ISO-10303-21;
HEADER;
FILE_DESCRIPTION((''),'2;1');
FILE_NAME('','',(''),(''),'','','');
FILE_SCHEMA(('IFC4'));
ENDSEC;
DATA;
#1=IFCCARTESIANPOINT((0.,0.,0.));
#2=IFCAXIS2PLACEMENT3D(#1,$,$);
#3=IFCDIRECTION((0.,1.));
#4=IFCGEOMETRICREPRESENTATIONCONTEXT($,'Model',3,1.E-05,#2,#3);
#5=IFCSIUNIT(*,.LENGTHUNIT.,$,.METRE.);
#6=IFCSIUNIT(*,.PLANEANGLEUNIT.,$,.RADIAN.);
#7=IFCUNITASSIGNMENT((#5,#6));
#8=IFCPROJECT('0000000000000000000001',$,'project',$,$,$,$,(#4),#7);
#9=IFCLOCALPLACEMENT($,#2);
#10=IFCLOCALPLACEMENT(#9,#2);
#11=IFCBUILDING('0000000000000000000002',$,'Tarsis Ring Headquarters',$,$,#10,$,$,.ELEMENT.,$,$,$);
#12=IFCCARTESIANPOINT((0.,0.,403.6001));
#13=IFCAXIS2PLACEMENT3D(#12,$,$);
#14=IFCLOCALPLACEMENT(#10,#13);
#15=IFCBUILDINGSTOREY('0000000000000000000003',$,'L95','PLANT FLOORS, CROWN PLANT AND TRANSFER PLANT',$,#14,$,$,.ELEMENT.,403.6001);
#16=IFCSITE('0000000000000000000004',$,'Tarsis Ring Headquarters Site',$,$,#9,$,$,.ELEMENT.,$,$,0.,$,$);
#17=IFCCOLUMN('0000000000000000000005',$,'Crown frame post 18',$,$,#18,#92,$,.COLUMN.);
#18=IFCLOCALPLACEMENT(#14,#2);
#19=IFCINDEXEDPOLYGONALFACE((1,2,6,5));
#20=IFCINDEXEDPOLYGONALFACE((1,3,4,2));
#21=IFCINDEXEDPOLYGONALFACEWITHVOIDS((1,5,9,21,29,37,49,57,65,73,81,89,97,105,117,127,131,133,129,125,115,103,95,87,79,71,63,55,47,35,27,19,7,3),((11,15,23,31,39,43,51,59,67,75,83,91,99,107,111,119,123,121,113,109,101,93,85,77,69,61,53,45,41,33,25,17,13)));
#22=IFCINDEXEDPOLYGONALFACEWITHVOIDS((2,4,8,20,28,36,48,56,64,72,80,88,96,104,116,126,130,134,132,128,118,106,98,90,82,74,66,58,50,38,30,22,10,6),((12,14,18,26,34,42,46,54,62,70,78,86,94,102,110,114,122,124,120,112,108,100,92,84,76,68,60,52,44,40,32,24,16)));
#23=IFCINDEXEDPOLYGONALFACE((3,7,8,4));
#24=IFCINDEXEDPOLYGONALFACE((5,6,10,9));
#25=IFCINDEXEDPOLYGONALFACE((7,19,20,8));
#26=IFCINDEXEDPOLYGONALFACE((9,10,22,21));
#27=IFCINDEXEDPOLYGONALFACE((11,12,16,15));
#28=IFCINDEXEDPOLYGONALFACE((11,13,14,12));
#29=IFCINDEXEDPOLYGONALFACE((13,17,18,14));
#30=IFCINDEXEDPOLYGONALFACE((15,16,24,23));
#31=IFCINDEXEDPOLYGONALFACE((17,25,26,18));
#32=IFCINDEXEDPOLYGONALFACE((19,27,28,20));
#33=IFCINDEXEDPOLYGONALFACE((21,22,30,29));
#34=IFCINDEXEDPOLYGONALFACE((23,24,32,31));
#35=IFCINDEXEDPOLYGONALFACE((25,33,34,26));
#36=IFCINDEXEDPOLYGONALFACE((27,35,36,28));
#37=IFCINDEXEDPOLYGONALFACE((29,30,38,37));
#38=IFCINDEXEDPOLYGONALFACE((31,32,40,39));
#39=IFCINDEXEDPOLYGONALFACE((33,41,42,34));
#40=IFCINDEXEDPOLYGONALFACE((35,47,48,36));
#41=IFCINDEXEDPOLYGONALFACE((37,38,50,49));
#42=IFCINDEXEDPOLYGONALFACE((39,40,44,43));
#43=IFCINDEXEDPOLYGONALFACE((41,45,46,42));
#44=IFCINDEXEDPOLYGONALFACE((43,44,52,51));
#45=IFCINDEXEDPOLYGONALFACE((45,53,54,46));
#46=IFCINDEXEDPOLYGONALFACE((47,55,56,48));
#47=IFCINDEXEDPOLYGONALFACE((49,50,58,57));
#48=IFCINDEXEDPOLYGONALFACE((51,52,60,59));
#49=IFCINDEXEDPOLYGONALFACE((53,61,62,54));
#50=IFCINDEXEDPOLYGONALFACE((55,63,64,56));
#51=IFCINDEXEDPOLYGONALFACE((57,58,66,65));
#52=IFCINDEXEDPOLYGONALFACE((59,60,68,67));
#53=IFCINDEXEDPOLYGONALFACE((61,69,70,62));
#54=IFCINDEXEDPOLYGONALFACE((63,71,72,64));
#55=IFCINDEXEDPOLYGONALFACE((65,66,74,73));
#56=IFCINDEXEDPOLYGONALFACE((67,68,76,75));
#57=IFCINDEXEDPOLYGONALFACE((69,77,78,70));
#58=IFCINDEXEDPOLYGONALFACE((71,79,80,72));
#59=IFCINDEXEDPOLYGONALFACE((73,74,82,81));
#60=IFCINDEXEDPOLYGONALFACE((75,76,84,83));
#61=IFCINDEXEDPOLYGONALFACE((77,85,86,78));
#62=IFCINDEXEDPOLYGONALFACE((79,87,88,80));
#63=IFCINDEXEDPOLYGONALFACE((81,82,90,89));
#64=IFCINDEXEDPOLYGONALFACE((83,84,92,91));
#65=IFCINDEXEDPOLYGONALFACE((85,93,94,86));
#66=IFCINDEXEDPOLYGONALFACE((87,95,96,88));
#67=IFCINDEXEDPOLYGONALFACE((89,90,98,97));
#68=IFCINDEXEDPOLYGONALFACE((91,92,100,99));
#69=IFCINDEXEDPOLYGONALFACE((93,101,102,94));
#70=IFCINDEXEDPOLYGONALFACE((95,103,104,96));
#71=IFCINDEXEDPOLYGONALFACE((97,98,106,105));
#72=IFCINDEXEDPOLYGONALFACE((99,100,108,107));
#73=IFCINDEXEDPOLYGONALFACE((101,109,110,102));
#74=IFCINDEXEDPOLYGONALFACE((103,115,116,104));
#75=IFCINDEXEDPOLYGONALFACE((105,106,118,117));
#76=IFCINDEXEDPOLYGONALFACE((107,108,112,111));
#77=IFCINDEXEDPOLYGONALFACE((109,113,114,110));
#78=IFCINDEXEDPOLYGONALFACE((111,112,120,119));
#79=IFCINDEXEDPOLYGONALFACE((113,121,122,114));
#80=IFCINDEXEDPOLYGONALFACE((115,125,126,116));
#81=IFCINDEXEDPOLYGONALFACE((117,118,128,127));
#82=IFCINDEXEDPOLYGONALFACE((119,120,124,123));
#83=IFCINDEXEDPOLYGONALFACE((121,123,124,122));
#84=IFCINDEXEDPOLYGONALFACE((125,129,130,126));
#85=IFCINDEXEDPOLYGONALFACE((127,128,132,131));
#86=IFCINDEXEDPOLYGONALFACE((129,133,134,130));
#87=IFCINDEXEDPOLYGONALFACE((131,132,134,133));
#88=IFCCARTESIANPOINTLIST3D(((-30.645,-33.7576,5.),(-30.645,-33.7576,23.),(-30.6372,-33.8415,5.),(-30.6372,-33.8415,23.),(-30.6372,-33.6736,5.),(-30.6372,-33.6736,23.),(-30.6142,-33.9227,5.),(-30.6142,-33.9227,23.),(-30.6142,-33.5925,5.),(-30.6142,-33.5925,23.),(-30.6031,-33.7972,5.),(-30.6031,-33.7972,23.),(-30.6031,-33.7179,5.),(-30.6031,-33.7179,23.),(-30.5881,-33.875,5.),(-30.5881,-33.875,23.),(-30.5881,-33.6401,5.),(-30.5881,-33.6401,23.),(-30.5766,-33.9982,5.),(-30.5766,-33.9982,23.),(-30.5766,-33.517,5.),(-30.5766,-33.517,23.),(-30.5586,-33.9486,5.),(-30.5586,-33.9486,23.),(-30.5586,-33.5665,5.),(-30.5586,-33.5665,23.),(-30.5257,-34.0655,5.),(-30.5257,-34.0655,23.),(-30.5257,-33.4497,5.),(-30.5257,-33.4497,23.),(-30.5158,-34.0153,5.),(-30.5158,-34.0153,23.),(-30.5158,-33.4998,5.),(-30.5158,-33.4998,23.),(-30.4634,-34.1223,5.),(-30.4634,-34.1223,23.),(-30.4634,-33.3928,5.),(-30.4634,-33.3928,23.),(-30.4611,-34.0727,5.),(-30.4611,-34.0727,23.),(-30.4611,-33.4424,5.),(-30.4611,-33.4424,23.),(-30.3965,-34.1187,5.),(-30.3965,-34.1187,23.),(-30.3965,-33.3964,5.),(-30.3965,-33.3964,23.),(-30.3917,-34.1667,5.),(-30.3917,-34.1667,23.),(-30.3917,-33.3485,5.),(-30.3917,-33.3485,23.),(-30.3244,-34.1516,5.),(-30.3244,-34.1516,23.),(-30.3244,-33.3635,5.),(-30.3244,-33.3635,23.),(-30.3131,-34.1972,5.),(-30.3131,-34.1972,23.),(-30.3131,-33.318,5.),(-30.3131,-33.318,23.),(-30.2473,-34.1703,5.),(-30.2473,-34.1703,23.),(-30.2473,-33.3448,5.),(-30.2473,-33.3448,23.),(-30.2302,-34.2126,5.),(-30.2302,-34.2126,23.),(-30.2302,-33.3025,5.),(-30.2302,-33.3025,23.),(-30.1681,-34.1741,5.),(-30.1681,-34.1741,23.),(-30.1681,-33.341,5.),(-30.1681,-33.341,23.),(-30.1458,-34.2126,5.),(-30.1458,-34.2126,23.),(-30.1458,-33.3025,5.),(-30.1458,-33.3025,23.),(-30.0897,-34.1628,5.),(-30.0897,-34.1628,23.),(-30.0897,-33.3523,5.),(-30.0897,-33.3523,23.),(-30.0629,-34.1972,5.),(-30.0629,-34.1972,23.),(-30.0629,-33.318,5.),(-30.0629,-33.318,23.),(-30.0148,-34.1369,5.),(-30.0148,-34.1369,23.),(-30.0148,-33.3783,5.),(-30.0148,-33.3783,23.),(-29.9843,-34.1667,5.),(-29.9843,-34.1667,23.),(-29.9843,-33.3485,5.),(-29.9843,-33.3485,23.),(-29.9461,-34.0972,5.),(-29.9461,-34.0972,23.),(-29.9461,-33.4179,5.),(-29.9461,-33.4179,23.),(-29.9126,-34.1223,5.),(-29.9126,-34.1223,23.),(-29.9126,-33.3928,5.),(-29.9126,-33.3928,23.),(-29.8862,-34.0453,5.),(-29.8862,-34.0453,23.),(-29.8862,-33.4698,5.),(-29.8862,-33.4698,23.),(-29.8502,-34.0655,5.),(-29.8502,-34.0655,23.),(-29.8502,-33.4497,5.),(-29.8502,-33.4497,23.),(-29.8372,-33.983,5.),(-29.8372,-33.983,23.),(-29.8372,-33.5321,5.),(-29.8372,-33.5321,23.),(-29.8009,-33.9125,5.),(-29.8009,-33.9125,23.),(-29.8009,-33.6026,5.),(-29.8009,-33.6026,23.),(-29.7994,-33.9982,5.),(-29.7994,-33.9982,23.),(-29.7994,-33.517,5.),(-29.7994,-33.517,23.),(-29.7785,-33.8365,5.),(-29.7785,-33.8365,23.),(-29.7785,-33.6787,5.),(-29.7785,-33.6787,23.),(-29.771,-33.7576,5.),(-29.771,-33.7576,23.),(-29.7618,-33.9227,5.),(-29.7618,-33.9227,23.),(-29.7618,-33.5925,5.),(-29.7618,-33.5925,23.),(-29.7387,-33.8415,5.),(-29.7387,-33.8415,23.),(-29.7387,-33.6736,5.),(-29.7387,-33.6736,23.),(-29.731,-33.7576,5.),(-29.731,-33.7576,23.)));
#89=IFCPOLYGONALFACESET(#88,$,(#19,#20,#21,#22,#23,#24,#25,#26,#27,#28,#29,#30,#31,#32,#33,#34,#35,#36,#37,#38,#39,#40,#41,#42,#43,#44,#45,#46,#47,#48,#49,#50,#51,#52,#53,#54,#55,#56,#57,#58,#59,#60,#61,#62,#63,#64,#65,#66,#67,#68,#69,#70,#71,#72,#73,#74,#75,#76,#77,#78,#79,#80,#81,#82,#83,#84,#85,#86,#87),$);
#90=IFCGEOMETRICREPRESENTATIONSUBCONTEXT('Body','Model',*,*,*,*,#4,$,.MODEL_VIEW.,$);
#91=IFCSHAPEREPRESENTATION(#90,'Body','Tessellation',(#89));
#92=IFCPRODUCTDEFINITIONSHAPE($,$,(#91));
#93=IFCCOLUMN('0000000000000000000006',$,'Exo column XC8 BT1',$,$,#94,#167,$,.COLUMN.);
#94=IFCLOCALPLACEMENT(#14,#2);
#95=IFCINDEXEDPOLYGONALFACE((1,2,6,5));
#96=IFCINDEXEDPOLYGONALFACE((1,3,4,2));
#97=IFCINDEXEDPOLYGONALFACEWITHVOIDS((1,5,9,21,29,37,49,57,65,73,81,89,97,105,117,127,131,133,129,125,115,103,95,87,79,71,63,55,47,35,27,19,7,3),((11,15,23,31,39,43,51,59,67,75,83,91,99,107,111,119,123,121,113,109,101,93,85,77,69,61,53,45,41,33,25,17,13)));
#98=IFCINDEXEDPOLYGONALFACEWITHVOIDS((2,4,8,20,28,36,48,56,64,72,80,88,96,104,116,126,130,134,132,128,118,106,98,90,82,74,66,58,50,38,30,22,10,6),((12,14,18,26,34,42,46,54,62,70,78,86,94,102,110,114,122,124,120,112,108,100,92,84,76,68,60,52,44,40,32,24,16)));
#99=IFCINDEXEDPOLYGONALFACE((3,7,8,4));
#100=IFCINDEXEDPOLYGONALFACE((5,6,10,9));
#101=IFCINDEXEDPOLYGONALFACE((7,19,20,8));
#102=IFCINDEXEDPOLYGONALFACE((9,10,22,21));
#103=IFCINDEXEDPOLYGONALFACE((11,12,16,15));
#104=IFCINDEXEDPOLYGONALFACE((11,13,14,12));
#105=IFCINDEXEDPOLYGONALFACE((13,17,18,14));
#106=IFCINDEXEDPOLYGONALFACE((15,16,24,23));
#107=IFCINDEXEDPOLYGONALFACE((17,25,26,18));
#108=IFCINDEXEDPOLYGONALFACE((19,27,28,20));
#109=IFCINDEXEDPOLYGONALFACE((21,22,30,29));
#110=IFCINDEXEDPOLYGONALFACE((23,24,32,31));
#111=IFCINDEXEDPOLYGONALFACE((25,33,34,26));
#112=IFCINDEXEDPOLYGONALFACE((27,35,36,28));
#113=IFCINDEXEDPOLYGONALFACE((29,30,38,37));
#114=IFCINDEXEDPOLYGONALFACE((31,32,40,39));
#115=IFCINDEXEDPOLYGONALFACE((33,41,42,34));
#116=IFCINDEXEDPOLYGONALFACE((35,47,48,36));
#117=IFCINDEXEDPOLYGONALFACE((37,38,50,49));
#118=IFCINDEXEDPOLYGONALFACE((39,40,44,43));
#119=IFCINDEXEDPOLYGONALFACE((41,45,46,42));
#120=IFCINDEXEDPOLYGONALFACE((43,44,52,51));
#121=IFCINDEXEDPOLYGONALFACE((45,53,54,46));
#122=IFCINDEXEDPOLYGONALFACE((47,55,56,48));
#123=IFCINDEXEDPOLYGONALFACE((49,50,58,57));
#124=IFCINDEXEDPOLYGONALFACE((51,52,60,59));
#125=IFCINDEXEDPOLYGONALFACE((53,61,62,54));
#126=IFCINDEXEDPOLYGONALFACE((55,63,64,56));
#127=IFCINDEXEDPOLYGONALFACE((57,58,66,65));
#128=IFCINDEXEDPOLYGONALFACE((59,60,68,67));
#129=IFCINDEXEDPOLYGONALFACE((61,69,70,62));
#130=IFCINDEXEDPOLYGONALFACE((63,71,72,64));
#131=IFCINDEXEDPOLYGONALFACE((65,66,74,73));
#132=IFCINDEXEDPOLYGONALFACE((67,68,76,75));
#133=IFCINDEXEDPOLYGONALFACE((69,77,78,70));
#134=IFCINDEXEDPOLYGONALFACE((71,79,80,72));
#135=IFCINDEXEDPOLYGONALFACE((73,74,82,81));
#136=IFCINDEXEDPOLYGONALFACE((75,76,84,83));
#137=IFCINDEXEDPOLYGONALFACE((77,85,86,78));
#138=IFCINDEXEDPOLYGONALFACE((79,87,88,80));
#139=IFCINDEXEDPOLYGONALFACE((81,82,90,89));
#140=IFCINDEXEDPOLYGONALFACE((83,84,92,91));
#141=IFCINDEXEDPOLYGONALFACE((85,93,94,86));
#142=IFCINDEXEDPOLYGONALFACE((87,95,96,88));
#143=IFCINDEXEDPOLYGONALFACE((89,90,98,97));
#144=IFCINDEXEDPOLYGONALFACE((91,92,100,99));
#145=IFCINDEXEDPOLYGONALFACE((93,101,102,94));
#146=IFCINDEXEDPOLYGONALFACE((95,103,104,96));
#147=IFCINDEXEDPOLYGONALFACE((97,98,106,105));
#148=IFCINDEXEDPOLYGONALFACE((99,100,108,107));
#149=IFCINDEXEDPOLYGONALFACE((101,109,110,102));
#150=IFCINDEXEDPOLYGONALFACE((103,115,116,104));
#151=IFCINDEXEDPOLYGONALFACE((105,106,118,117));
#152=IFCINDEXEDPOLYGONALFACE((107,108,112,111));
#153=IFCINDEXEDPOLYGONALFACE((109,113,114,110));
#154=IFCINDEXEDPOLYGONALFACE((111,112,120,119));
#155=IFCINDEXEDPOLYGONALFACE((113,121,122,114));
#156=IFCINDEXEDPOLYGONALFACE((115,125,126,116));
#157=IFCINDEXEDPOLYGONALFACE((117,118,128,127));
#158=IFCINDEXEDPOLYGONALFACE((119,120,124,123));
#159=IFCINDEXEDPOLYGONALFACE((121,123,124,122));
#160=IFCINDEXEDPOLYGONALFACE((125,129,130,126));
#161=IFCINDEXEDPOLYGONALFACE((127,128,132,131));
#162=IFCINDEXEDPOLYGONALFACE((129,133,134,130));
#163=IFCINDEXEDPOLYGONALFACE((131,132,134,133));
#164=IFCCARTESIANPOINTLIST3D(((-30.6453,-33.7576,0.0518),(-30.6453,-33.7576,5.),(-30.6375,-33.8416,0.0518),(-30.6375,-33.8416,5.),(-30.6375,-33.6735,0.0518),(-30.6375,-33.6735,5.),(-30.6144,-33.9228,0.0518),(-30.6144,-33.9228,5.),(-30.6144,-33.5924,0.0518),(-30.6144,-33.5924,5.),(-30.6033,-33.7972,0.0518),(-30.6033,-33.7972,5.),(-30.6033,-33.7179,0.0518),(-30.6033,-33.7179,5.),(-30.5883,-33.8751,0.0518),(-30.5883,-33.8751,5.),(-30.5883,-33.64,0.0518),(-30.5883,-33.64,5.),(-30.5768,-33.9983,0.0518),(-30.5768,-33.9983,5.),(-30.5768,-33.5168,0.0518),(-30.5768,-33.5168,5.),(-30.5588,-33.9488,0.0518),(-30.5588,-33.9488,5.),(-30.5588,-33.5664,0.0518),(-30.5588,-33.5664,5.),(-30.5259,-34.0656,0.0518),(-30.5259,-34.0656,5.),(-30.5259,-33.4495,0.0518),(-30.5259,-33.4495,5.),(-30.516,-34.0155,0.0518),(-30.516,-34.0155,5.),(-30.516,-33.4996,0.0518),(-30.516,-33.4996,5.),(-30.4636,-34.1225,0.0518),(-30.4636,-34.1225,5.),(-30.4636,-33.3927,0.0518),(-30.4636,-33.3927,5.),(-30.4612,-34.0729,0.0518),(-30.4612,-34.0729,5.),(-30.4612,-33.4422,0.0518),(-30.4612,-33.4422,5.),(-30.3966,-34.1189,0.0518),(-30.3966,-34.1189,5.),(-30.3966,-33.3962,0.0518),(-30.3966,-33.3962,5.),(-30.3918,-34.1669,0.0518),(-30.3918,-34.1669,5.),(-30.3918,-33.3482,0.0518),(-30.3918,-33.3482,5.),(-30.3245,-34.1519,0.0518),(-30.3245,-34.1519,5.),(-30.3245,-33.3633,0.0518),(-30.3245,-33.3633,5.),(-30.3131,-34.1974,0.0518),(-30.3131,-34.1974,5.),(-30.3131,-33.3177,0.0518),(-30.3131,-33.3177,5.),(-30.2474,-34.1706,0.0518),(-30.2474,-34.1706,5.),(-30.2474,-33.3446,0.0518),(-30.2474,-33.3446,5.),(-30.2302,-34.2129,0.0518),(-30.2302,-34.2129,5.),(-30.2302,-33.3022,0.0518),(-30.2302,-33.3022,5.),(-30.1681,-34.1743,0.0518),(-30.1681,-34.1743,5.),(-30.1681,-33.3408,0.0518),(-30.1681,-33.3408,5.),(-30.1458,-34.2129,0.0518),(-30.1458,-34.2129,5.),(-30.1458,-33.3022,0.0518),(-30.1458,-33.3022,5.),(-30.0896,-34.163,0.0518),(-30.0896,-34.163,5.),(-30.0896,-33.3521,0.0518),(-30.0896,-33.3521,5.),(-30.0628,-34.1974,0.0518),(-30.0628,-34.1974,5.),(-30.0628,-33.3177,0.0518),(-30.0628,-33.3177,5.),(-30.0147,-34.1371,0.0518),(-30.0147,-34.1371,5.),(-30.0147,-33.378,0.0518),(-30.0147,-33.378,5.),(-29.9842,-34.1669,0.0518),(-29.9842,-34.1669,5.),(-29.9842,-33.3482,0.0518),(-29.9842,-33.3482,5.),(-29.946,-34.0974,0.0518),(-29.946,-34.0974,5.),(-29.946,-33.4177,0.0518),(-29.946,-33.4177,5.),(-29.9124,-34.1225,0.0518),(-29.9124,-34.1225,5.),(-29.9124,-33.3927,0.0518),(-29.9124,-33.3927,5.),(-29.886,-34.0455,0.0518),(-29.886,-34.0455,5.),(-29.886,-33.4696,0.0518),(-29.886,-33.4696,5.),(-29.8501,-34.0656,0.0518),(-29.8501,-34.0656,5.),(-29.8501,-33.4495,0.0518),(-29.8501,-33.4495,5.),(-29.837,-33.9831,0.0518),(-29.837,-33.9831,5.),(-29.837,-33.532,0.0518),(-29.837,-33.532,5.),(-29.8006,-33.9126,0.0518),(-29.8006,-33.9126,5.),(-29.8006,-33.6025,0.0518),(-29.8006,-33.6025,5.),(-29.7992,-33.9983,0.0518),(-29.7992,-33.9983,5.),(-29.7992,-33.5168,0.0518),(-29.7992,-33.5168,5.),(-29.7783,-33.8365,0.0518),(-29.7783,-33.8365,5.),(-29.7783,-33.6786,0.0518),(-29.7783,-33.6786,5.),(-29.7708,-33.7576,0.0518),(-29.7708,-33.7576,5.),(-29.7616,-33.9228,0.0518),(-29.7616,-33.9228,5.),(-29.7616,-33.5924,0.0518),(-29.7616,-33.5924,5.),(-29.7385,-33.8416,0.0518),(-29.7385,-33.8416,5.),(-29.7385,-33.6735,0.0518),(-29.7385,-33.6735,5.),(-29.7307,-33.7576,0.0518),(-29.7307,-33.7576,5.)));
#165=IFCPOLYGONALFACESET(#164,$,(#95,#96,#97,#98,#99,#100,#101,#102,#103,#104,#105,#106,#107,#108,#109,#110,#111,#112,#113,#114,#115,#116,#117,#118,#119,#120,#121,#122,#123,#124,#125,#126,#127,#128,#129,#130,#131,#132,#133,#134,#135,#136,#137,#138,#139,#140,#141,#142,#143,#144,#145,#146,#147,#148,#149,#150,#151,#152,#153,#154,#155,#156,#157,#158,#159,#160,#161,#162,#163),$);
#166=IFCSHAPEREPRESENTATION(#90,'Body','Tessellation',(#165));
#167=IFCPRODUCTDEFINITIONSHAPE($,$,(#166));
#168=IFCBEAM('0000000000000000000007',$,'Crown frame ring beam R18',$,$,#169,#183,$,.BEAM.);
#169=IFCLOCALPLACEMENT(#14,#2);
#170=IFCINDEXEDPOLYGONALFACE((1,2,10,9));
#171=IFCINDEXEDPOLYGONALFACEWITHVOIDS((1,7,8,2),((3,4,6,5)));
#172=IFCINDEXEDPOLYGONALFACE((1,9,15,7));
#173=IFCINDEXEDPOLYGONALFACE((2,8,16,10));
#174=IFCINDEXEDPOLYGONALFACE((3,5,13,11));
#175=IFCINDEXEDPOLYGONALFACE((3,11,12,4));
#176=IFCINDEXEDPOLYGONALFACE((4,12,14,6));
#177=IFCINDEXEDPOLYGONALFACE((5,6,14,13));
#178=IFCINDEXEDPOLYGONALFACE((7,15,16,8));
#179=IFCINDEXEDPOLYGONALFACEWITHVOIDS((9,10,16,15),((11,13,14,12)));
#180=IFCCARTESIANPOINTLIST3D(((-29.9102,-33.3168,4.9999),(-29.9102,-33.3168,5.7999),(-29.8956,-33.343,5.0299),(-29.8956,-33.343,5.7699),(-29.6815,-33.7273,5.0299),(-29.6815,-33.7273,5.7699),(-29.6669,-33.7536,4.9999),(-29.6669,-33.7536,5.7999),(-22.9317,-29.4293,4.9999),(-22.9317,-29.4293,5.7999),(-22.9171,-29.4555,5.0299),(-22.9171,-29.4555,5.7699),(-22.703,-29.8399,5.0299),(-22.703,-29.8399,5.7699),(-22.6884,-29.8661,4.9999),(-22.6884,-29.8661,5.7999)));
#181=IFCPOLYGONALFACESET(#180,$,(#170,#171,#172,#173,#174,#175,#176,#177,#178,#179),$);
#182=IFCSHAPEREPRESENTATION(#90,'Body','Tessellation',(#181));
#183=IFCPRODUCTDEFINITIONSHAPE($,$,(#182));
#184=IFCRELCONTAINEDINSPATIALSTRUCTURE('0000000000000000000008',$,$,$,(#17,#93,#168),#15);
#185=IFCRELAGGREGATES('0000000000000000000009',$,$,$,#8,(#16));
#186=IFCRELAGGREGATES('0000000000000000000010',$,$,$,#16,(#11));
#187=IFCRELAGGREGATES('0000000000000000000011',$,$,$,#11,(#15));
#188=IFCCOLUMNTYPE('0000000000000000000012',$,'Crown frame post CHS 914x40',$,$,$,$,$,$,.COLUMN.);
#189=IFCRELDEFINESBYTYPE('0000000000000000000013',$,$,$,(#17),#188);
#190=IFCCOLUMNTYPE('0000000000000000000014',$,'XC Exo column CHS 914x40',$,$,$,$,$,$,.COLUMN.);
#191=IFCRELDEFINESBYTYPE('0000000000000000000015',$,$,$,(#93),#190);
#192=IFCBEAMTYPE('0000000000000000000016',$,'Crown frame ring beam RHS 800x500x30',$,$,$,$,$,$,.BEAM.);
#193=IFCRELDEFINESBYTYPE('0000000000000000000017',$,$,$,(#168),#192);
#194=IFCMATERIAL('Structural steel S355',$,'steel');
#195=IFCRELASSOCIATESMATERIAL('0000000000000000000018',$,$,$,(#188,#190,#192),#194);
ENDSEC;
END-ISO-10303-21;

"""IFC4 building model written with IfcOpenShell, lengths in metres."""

from ifc_helpers import new_model, si_unit, direction, frame, origin, origin_2d, place, context, subcontext, project, spatial, hollow_rectangle, hollow_circle, extrude, material, material_profile, profile_set, type_object, element, save


model = new_model("IFC4")

# Units and contexts
model_context = context("Model", 3, precision=1e-05, world=origin(), true_north=direction((0.0, 1.0)))
body_context = subcontext(model_context, "Body", "Model", "MODEL_VIEW")
ifc_project = project(units=[si_unit("LENGTHUNIT", "METRE"), si_unit("PLANEANGLEUNIT", "RADIAN")], contexts=[model_context])

# Site, building, storey
site_placement = place(None, origin())
site = spatial("IfcSite", under=ifc_project, at=site_placement, Name="Tarsis Ring Headquarters Site", CompositionType="ELEMENT", RefElevation=0.0)
building_placement = place(site_placement, origin())
building = spatial("IfcBuilding", under=site, at=building_placement, Name="Tarsis Ring Headquarters", CompositionType="ELEMENT")
storey_placement = place(building_placement, frame((0.0, 0.0, 403.6001)))
storey = spatial("IfcBuildingStorey", under=building, at=storey_placement, Name="L95", Description="PLANT FLOORS, CROWN PLANT AND TRANSFER PLANT", CompositionType="ELEMENT", Elevation=403.6001)

# Columns
ifc_material_1 = material(Name="Structural steel S355", Category="steel")
ifc_material_profile_1 = material_profile(ifc_material_1, hollow_circle(Radius=0.457, WallThickness=0.04, at=origin_2d()), Name="CHS 914x40")
ifc_profile_set_1 = profile_set([ifc_material_profile_1], Name="Structural steel S355")
column_type_1 = type_object("IfcColumnType", Name="Crown frame post CHS 914x40", PredefinedType="COLUMN", material=ifc_profile_set_1)
column_1_placement = place(storey_placement, frame((-30.188, -33.7576, 5.0), z_axis=(0.0, 0.0, 1.0), x_axis=(1.0, 0.0, 0.0)))
element("IfcColumn", 1, at=column_1_placement, inside=storey, type_object=column_type_1, Name="Crown frame post 18", PredefinedType="COLUMN", context=body_context, shape_type="SweptSolid", body=[
    extrude(hollow_circle(Radius=0.457, WallThickness=0.04, at=origin_2d()), origin(), (0.0, 0.0, 1.0), 18.0),
])
column_type_2 = type_object("IfcColumnType", Name="XC Exo column CHS 914x40", PredefinedType="COLUMN", material=ifc_profile_set_1)
column_2_placement = place(storey_placement, frame((-30.188, -33.7576, 0.0518), z_axis=(0.0, 0.0, 1.0), x_axis=(1.0, 0.0, 0.0)))
element("IfcColumn", 2, at=column_2_placement, inside=storey, type_object=column_type_2, Name="Exo column XC8 BT1", PredefinedType="COLUMN", context=body_context, shape_type="SweptSolid", body=[
    extrude(hollow_circle(Radius=0.4573, WallThickness=0.04, at=origin_2d()), origin(), (0.0, 0.0, 1.0), 4.9482),
])

# Beam
ifc_material_profile_2 = material_profile(ifc_material_1, hollow_rectangle(XDim=0.5, YDim=0.8, WallThickness=0.03, at=origin_2d()), Name="RHS 800x500x30")
ifc_profile_set_2 = profile_set([ifc_material_profile_2], Name="Structural steel S355")
beam_type_1 = type_object("IfcBeamType", Name="Crown frame ring beam RHS 800x500x30", PredefinedType="BEAM", material=ifc_profile_set_2)
beam_placement = place(storey_placement, frame((-29.7886, -33.5352, 5.3999), z_axis=(0.873599, 0.486647, 0.0), x_axis=(-0.486647, 0.873599, 0.0)))
element("IfcBeam", 3, at=beam_placement, inside=storey, type_object=beam_type_1, Name="Crown frame ring beam R18", PredefinedType="BEAM", context=body_context, shape_type="SweptSolid", body=[
    extrude(hollow_rectangle(XDim=0.5, YDim=0.8, WallThickness=0.03, at=origin_2d()), origin(), (0.0, 0.0, 1.0), 7.9883),
])

save(model, "model.ifc")
